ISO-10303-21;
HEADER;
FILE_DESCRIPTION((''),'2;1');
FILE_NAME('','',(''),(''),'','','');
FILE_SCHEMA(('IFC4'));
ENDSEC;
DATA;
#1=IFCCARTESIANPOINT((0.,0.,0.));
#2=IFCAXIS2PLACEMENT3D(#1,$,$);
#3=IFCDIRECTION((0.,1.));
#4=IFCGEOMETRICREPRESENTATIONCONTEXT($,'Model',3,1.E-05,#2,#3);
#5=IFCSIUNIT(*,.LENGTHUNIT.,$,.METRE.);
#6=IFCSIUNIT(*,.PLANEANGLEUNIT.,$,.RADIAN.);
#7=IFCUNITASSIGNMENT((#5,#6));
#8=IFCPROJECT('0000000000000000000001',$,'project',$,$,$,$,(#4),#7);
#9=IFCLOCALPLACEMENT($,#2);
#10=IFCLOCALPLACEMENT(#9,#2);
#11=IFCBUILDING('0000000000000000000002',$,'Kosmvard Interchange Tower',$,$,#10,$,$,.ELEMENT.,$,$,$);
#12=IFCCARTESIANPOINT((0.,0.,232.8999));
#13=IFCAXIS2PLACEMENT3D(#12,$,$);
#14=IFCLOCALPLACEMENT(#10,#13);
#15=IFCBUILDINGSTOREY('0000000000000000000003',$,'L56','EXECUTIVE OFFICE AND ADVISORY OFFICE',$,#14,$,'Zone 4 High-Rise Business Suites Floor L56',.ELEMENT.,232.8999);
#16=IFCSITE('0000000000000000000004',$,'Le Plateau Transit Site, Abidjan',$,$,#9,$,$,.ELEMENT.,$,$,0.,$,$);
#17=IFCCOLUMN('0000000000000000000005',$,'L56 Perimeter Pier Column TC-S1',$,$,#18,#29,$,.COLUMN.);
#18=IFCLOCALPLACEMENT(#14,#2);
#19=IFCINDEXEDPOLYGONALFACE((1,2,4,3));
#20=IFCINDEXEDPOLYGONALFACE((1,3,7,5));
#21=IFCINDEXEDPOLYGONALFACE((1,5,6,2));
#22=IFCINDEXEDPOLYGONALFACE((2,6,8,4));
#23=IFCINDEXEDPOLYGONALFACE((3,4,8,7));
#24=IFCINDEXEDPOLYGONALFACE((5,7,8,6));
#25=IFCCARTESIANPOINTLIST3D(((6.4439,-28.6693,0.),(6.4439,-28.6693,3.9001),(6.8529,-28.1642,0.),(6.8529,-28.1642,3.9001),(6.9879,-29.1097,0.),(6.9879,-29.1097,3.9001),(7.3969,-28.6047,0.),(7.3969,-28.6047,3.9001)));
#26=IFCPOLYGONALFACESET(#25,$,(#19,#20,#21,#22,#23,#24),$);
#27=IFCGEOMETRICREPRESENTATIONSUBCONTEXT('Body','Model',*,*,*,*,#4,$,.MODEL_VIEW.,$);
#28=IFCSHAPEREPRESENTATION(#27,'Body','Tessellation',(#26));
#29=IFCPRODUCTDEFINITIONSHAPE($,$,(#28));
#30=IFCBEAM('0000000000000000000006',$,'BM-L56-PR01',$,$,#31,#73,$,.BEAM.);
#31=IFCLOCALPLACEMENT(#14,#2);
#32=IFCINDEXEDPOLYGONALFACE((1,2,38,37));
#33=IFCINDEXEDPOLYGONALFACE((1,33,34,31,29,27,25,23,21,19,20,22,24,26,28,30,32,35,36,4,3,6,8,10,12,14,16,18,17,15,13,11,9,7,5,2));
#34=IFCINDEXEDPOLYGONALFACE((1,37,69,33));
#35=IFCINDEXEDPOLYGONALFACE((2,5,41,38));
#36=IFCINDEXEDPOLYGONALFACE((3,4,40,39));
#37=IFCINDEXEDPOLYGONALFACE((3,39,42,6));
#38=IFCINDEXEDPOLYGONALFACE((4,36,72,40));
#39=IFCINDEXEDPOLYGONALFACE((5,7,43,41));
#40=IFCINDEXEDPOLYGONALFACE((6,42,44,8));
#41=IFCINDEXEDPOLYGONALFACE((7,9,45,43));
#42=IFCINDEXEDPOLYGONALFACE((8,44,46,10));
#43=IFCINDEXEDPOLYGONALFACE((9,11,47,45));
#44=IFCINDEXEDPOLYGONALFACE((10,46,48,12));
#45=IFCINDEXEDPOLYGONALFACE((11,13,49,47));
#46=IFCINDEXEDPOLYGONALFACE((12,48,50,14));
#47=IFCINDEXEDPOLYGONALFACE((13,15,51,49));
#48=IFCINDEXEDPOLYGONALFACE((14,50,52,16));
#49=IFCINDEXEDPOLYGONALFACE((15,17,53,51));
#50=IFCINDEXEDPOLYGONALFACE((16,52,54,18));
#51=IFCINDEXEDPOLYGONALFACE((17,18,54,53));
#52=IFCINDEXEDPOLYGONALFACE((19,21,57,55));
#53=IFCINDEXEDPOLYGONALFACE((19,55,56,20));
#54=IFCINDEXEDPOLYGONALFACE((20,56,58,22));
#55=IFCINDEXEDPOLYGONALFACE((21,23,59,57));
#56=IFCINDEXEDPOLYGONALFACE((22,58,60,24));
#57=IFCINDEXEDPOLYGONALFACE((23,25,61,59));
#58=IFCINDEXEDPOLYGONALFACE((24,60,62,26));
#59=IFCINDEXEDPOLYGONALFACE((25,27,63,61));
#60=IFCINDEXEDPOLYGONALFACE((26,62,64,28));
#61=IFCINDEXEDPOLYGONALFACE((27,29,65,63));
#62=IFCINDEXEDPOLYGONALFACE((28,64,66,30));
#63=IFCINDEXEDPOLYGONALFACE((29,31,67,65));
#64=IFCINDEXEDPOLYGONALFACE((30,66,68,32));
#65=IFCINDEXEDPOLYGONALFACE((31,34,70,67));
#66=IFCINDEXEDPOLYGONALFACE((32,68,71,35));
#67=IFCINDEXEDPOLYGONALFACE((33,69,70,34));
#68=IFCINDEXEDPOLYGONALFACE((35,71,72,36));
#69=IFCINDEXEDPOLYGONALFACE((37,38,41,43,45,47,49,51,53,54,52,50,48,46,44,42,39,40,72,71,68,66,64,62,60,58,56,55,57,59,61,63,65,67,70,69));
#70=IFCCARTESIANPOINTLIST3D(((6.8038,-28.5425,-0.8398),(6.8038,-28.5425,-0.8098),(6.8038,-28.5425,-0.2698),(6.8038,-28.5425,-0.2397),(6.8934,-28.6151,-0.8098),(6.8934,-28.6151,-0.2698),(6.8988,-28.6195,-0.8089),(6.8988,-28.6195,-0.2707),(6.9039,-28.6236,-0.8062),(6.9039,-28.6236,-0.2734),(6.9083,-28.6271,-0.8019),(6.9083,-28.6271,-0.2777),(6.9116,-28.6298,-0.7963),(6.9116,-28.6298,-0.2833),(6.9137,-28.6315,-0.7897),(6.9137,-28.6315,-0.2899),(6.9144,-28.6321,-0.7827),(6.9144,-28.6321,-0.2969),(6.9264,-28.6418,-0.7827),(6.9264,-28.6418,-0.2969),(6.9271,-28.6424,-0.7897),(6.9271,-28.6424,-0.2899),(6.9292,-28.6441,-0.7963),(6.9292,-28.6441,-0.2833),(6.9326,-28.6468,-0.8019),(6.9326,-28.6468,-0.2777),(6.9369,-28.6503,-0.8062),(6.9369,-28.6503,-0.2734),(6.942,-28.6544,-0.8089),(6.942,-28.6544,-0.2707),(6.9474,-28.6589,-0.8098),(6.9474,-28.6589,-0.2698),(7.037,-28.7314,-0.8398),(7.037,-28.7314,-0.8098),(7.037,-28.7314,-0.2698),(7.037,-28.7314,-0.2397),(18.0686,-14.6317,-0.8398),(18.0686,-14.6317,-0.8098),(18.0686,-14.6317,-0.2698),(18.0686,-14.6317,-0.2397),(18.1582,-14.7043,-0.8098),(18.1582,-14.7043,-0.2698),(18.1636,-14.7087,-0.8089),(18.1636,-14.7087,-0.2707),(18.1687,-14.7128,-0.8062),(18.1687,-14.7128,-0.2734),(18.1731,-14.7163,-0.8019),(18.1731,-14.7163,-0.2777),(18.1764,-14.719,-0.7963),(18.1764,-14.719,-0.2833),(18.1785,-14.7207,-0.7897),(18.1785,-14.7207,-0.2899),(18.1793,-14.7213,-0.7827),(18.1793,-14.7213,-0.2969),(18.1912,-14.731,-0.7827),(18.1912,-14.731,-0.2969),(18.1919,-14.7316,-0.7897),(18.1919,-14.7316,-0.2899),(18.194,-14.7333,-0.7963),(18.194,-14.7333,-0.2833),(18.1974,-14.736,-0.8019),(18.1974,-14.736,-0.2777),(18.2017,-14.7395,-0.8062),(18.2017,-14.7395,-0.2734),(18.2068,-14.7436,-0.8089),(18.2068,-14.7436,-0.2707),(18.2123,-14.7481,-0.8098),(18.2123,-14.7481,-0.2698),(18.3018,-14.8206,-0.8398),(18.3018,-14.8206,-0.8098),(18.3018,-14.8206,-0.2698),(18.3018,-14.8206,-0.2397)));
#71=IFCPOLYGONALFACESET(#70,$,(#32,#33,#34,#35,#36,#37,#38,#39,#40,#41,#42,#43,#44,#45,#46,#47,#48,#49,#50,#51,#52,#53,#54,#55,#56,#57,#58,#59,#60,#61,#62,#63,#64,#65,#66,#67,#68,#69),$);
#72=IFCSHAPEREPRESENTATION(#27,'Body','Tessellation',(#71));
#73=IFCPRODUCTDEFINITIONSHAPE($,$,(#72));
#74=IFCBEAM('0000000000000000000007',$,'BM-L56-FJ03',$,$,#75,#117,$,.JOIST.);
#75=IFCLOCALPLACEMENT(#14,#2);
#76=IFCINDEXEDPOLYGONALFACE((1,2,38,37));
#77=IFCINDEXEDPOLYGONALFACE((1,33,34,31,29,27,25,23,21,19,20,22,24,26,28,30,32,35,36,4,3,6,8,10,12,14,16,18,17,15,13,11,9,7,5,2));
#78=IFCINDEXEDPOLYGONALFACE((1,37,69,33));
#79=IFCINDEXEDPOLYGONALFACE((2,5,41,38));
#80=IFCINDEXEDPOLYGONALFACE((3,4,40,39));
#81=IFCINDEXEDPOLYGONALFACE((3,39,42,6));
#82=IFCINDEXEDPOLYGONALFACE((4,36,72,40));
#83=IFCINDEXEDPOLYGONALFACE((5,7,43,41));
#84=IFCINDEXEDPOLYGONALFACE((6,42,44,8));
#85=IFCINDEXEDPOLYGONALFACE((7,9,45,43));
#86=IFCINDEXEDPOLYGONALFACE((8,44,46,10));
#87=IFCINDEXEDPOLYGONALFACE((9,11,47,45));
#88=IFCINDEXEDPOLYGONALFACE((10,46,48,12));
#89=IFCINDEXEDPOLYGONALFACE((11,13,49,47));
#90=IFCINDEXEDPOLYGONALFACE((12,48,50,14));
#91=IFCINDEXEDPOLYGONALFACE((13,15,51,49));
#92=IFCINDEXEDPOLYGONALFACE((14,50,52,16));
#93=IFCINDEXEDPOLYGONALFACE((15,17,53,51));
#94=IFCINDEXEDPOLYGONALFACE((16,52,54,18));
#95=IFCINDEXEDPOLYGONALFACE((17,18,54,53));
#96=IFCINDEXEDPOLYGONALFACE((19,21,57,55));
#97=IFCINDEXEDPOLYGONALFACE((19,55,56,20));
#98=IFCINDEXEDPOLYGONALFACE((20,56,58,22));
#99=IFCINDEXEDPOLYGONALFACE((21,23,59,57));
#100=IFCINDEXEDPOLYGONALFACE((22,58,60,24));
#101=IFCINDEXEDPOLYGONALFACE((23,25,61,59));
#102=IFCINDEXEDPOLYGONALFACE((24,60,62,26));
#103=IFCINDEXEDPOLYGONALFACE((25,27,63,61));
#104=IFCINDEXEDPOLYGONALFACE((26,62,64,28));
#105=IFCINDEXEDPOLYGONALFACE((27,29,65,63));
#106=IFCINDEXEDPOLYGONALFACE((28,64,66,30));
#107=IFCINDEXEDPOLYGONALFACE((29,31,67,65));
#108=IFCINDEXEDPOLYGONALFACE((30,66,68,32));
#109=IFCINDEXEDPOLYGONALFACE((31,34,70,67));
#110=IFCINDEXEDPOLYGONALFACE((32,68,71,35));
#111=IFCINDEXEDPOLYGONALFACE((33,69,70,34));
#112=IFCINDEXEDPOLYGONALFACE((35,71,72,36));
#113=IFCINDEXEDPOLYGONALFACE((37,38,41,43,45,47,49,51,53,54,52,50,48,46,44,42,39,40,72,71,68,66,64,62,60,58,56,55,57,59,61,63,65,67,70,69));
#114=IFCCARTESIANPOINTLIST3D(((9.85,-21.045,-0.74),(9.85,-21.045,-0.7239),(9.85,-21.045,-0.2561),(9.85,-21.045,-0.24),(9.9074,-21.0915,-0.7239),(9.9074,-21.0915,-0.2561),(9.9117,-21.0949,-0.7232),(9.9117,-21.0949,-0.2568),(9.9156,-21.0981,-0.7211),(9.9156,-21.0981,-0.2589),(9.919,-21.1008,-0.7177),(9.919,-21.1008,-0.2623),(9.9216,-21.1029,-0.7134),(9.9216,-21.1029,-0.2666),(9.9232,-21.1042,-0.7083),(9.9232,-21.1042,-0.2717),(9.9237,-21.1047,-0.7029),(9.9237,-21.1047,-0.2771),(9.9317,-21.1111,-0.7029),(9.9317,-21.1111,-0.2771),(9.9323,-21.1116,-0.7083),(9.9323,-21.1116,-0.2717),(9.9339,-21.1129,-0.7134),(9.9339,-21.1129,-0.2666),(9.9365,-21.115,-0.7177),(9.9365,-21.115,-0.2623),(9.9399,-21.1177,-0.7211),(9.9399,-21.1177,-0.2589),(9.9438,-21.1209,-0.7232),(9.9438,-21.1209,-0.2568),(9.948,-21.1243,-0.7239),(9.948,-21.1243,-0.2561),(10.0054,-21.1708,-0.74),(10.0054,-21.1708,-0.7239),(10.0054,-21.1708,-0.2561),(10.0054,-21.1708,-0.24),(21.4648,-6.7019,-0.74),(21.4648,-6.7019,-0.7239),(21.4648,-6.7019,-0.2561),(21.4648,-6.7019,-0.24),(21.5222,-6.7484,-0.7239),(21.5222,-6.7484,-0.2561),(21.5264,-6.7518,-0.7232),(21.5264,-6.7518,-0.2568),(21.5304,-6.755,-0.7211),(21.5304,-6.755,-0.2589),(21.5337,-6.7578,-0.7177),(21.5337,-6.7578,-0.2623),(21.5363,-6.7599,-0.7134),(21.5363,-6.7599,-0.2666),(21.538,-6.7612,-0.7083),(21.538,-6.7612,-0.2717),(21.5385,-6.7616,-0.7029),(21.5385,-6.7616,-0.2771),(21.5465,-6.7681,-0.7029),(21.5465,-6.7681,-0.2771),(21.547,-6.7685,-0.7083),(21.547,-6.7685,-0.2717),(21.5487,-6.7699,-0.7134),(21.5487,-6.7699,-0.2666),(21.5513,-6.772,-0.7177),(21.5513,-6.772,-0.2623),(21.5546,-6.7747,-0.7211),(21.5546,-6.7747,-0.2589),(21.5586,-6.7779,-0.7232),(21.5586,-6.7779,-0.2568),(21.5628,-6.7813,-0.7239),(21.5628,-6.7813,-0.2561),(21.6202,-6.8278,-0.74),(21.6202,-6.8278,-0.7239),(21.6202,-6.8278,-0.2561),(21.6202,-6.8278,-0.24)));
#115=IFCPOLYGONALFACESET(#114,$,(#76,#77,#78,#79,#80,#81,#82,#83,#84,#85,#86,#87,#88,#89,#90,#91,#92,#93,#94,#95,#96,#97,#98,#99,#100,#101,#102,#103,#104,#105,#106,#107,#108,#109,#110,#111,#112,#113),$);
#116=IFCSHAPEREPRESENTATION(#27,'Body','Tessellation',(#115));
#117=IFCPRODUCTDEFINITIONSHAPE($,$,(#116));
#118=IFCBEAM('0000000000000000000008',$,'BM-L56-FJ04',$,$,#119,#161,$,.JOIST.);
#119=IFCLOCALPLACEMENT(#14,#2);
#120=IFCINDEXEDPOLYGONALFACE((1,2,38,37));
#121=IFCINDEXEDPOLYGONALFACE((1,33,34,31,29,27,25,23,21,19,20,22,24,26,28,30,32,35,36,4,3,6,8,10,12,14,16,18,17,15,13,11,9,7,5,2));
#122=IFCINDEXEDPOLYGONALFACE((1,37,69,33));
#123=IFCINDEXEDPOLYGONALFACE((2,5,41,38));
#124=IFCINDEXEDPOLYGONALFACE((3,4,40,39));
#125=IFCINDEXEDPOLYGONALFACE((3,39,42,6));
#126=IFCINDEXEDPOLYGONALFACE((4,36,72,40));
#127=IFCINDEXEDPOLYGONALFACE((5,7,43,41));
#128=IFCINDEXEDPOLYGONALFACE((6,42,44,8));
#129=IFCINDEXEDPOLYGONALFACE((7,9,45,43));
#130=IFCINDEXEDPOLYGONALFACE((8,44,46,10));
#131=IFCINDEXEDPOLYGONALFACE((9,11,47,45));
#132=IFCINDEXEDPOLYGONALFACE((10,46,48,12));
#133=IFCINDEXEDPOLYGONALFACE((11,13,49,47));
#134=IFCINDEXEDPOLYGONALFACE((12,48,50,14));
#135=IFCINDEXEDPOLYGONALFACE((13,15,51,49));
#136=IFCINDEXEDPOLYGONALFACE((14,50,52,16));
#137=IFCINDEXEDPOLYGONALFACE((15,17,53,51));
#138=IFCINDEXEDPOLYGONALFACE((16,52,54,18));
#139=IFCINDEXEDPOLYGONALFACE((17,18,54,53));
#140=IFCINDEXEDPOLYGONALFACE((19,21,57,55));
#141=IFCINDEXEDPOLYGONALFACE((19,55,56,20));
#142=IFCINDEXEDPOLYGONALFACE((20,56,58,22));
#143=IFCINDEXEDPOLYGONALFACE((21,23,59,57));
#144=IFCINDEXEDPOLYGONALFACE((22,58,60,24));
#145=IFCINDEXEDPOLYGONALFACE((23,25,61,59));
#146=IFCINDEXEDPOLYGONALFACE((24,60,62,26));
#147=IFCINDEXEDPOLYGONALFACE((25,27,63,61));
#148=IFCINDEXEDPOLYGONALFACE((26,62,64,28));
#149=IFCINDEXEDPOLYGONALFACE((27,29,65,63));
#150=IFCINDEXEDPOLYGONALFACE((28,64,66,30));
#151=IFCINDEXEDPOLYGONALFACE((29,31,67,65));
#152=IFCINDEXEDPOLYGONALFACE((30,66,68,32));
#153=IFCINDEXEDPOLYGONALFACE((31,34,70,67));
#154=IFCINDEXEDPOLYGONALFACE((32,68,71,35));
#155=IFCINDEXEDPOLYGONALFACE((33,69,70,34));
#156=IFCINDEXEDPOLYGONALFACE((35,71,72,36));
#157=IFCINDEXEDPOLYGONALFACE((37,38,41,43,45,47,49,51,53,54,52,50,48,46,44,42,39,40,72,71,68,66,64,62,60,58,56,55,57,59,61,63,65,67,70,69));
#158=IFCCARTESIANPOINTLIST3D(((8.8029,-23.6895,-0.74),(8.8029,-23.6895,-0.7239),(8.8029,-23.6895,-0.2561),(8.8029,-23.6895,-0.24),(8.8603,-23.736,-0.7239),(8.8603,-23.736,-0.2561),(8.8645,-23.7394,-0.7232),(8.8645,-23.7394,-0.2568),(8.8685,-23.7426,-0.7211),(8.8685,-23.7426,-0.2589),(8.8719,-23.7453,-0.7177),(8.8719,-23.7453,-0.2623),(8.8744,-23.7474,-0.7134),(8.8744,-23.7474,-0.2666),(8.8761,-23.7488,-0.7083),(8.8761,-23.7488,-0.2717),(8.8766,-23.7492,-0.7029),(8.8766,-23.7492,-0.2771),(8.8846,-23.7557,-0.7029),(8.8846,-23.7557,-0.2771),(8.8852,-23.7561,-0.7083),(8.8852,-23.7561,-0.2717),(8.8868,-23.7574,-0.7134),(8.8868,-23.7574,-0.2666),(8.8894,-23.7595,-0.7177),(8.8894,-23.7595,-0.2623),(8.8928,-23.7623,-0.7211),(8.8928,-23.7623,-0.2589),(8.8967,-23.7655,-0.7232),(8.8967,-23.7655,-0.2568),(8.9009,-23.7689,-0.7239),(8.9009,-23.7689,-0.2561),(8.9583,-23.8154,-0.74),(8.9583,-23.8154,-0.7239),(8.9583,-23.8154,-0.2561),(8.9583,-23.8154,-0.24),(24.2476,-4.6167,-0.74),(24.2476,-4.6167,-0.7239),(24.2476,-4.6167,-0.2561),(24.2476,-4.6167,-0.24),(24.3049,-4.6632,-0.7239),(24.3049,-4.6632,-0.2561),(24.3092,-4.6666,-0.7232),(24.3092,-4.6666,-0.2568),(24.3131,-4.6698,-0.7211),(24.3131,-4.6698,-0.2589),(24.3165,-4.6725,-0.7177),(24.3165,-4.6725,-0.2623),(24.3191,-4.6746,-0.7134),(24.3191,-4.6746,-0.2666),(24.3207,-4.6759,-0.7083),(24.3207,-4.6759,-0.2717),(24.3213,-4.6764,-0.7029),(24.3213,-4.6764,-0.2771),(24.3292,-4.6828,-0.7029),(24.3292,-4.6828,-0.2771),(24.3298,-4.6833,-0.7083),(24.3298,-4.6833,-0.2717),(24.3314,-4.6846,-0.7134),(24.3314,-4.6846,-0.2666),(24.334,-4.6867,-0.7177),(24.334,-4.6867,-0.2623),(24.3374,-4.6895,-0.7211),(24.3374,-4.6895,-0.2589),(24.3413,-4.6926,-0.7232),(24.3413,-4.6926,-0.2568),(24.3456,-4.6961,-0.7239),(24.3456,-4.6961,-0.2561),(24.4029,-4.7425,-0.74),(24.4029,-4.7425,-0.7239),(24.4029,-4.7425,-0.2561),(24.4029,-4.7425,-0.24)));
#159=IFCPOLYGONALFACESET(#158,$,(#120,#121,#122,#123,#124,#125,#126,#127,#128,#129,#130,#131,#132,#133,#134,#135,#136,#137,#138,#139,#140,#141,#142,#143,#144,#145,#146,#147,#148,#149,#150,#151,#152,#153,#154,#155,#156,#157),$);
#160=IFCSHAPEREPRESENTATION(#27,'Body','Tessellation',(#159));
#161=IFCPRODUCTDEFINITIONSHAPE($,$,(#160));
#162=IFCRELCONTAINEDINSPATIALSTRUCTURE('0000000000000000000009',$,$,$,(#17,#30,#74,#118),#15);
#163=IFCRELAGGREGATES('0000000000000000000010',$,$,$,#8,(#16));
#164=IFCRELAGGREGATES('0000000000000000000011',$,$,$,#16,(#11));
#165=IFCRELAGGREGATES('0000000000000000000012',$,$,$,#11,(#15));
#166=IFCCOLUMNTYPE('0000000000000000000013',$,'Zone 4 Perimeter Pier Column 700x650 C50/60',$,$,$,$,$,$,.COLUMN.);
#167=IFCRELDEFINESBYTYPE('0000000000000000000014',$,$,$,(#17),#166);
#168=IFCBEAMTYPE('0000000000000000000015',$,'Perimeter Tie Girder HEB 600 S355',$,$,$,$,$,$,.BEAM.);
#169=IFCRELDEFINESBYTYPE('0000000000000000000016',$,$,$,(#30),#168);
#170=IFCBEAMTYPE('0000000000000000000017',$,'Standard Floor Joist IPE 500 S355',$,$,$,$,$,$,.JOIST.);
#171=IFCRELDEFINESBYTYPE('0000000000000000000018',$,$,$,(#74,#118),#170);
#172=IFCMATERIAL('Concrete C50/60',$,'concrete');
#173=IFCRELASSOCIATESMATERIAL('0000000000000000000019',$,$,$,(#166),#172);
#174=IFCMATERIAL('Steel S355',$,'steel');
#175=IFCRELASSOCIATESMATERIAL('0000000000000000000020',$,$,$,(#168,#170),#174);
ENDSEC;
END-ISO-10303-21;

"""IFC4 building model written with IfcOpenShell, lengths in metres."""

from ifc_helpers import new_model, si_unit, direction, frame, origin, origin_2d, place, context, subcontext, project, spatial, rectangle, i_section, extrude, source, transform, mapped, material, material_profile, profile_set, type_object, element, save


model = new_model("IFC4")

# Units and contexts
model_context = context("Model", 3, precision=1e-05, world=origin(), true_north=direction((0.0, 1.0)))
body_context = subcontext(model_context, "Body", "Model", "MODEL_VIEW")
ifc_project = project(units=[si_unit("LENGTHUNIT", "METRE"), si_unit("PLANEANGLEUNIT", "RADIAN")], contexts=[model_context])

# Site, building, storey
site_placement = place(None, origin())
site = spatial("IfcSite", under=ifc_project, at=site_placement, Name="Le Plateau Transit Site, Abidjan", CompositionType="ELEMENT", RefElevation=0.0)
building_placement = place(site_placement, origin())
building = spatial("IfcBuilding", under=site, at=building_placement, Name="Kosmvard Interchange Tower", CompositionType="ELEMENT")
storey_placement = place(building_placement, frame((0.0, 0.0, 232.8999)))
storey = spatial("IfcBuildingStorey", under=building, at=storey_placement, Name="L56", Description="EXECUTIVE OFFICE AND ADVISORY OFFICE", LongName="Zone 4 High-Rise Business Suites Floor L56", CompositionType="ELEMENT", Elevation=232.8999)

# Column
ifc_material_1 = material(Name="Concrete C50/60", Category="concrete")
ifc_material_profile_1 = material_profile(ifc_material_1, rectangle(XDim=0.6499, YDim=0.7, at=origin_2d()), Name="TC 700x650")
ifc_profile_set_1 = profile_set([ifc_material_profile_1], Name="Concrete C50/60")
column_type = type_object("IfcColumnType", Name="Zone 4 Perimeter Pier Column 700x650 C50/60", PredefinedType="COLUMN", material=ifc_profile_set_1)
shared_shape_1 = source(origin(), body_context, "Body", "SweptSolid", [
    extrude(rectangle(XDim=0.6499, YDim=0.7, at=origin_2d()), origin(), (0.0, 0.0, 1.0), 3.9001),
])
column_placement = place(storey_placement, frame((6.9204, -28.637, 0.0), z_axis=(0.0, 0.0, 1.0), x_axis=(0.62932, 0.777146, 0.0)))
element("IfcColumn", 1, at=column_placement, inside=storey, type_object=column_type, Name="L56 Perimeter Pier Column TC-S1", PredefinedType="COLUMN", context=body_context, shape_type="MappedRepresentation", body=[
    mapped(shared_shape_1, transform((0.0, 0.0, 0.0), scale=1.0)),
])

# Beams
ifc_material_2 = material(Name="Steel S355", Category="steel")
ifc_material_profile_2 = material_profile(ifc_material_2, i_section(OverallWidth=0.3, OverallDepth=0.6001, WebThickness=0.0154, FlangeThickness=0.03, FilletRadius=0.0271, at=origin_2d()), Name="HEB 600")
ifc_profile_set_2 = profile_set([ifc_material_profile_2], Name="Steel S355")
beam_type_1 = type_object("IfcBeamType", Name="Perimeter Tie Girder HEB 600 S355", PredefinedType="BEAM", material=ifc_profile_set_2)
shared_shape_2 = source(origin(), body_context, "Body", "SweptSolid", [
    extrude(i_section(OverallWidth=0.3, OverallDepth=0.6001, WebThickness=0.0154, FlangeThickness=0.03, FilletRadius=0.0271, at=origin_2d()), origin(), (0.0, 0.0, 1.0), 17.8999),
])
beam_1_placement = place(storey_placement, frame((6.9204, -28.637, -0.5398), z_axis=(0.629323, 0.777144, 0.0), x_axis=(-0.777144, 0.629323, 0.0)))
element("IfcBeam", 2, at=beam_1_placement, inside=storey, type_object=beam_type_1, Name="BM-L56-PR01", PredefinedType="BEAM", context=body_context, shape_type="MappedRepresentation", body=[
    mapped(shared_shape_2, transform((0.0, 0.0, 0.0), scale=1.0)),
])
ifc_material_profile_3 = material_profile(ifc_material_2, i_section(OverallWidth=0.2, OverallDepth=0.5, WebThickness=0.0103, FlangeThickness=0.0161, FilletRadius=0.021, at=origin_2d()), Name="IPE 500")
ifc_profile_set_3 = profile_set([ifc_material_profile_3], Name="Steel S355")
beam_type_2 = type_object("IfcBeamType", Name="Standard Floor Joist IPE 500 S355", PredefinedType="JOIST", material=ifc_profile_set_3)
shared_shape_3 = source(origin(), body_context, "Body", "SweptSolid", [
    extrude(i_section(OverallWidth=0.2, OverallDepth=0.5, WebThickness=0.0103, FlangeThickness=0.0161, FilletRadius=0.021, at=origin_2d()), origin(), (0.0, 0.0, 1.0), 18.4561),
])
beam_2_placement = place(storey_placement, frame((9.9277, -21.1079, -0.49), z_axis=(0.62932, 0.777146, 0.0), x_axis=(-0.777146, 0.62932, 0.0)))
element("IfcBeam", 3, at=beam_2_placement, inside=storey, type_object=beam_type_2, Name="BM-L56-FJ03", PredefinedType="JOIST", context=body_context, shape_type="MappedRepresentation", body=[
    mapped(shared_shape_3, transform((0.0, 0.0, 0.0), scale=1.0)),
])
shared_shape_4 = source(origin(), body_context, "Body", "SweptSolid", [
    extrude(i_section(OverallWidth=0.2, OverallDepth=0.5, WebThickness=0.0103, FlangeThickness=0.0161, FilletRadius=0.021, at=origin_2d()), origin(), (0.0, 0.0, 1.0), 24.542),
])
beam_3_placement = place(storey_placement, frame((8.8806, -23.7524, -0.49), z_axis=(0.629315, 0.777151, 0.0), x_axis=(-0.777151, 0.629315, 0.0)))
element("IfcBeam", 4, at=beam_3_placement, inside=storey, type_object=beam_type_2, Name="BM-L56-FJ04", PredefinedType="JOIST", context=body_context, shape_type="MappedRepresentation", body=[
    mapped(shared_shape_4, transform((0.0, 0.0, 0.0), scale=1.0)),
])

save(model, "model.ifc")
